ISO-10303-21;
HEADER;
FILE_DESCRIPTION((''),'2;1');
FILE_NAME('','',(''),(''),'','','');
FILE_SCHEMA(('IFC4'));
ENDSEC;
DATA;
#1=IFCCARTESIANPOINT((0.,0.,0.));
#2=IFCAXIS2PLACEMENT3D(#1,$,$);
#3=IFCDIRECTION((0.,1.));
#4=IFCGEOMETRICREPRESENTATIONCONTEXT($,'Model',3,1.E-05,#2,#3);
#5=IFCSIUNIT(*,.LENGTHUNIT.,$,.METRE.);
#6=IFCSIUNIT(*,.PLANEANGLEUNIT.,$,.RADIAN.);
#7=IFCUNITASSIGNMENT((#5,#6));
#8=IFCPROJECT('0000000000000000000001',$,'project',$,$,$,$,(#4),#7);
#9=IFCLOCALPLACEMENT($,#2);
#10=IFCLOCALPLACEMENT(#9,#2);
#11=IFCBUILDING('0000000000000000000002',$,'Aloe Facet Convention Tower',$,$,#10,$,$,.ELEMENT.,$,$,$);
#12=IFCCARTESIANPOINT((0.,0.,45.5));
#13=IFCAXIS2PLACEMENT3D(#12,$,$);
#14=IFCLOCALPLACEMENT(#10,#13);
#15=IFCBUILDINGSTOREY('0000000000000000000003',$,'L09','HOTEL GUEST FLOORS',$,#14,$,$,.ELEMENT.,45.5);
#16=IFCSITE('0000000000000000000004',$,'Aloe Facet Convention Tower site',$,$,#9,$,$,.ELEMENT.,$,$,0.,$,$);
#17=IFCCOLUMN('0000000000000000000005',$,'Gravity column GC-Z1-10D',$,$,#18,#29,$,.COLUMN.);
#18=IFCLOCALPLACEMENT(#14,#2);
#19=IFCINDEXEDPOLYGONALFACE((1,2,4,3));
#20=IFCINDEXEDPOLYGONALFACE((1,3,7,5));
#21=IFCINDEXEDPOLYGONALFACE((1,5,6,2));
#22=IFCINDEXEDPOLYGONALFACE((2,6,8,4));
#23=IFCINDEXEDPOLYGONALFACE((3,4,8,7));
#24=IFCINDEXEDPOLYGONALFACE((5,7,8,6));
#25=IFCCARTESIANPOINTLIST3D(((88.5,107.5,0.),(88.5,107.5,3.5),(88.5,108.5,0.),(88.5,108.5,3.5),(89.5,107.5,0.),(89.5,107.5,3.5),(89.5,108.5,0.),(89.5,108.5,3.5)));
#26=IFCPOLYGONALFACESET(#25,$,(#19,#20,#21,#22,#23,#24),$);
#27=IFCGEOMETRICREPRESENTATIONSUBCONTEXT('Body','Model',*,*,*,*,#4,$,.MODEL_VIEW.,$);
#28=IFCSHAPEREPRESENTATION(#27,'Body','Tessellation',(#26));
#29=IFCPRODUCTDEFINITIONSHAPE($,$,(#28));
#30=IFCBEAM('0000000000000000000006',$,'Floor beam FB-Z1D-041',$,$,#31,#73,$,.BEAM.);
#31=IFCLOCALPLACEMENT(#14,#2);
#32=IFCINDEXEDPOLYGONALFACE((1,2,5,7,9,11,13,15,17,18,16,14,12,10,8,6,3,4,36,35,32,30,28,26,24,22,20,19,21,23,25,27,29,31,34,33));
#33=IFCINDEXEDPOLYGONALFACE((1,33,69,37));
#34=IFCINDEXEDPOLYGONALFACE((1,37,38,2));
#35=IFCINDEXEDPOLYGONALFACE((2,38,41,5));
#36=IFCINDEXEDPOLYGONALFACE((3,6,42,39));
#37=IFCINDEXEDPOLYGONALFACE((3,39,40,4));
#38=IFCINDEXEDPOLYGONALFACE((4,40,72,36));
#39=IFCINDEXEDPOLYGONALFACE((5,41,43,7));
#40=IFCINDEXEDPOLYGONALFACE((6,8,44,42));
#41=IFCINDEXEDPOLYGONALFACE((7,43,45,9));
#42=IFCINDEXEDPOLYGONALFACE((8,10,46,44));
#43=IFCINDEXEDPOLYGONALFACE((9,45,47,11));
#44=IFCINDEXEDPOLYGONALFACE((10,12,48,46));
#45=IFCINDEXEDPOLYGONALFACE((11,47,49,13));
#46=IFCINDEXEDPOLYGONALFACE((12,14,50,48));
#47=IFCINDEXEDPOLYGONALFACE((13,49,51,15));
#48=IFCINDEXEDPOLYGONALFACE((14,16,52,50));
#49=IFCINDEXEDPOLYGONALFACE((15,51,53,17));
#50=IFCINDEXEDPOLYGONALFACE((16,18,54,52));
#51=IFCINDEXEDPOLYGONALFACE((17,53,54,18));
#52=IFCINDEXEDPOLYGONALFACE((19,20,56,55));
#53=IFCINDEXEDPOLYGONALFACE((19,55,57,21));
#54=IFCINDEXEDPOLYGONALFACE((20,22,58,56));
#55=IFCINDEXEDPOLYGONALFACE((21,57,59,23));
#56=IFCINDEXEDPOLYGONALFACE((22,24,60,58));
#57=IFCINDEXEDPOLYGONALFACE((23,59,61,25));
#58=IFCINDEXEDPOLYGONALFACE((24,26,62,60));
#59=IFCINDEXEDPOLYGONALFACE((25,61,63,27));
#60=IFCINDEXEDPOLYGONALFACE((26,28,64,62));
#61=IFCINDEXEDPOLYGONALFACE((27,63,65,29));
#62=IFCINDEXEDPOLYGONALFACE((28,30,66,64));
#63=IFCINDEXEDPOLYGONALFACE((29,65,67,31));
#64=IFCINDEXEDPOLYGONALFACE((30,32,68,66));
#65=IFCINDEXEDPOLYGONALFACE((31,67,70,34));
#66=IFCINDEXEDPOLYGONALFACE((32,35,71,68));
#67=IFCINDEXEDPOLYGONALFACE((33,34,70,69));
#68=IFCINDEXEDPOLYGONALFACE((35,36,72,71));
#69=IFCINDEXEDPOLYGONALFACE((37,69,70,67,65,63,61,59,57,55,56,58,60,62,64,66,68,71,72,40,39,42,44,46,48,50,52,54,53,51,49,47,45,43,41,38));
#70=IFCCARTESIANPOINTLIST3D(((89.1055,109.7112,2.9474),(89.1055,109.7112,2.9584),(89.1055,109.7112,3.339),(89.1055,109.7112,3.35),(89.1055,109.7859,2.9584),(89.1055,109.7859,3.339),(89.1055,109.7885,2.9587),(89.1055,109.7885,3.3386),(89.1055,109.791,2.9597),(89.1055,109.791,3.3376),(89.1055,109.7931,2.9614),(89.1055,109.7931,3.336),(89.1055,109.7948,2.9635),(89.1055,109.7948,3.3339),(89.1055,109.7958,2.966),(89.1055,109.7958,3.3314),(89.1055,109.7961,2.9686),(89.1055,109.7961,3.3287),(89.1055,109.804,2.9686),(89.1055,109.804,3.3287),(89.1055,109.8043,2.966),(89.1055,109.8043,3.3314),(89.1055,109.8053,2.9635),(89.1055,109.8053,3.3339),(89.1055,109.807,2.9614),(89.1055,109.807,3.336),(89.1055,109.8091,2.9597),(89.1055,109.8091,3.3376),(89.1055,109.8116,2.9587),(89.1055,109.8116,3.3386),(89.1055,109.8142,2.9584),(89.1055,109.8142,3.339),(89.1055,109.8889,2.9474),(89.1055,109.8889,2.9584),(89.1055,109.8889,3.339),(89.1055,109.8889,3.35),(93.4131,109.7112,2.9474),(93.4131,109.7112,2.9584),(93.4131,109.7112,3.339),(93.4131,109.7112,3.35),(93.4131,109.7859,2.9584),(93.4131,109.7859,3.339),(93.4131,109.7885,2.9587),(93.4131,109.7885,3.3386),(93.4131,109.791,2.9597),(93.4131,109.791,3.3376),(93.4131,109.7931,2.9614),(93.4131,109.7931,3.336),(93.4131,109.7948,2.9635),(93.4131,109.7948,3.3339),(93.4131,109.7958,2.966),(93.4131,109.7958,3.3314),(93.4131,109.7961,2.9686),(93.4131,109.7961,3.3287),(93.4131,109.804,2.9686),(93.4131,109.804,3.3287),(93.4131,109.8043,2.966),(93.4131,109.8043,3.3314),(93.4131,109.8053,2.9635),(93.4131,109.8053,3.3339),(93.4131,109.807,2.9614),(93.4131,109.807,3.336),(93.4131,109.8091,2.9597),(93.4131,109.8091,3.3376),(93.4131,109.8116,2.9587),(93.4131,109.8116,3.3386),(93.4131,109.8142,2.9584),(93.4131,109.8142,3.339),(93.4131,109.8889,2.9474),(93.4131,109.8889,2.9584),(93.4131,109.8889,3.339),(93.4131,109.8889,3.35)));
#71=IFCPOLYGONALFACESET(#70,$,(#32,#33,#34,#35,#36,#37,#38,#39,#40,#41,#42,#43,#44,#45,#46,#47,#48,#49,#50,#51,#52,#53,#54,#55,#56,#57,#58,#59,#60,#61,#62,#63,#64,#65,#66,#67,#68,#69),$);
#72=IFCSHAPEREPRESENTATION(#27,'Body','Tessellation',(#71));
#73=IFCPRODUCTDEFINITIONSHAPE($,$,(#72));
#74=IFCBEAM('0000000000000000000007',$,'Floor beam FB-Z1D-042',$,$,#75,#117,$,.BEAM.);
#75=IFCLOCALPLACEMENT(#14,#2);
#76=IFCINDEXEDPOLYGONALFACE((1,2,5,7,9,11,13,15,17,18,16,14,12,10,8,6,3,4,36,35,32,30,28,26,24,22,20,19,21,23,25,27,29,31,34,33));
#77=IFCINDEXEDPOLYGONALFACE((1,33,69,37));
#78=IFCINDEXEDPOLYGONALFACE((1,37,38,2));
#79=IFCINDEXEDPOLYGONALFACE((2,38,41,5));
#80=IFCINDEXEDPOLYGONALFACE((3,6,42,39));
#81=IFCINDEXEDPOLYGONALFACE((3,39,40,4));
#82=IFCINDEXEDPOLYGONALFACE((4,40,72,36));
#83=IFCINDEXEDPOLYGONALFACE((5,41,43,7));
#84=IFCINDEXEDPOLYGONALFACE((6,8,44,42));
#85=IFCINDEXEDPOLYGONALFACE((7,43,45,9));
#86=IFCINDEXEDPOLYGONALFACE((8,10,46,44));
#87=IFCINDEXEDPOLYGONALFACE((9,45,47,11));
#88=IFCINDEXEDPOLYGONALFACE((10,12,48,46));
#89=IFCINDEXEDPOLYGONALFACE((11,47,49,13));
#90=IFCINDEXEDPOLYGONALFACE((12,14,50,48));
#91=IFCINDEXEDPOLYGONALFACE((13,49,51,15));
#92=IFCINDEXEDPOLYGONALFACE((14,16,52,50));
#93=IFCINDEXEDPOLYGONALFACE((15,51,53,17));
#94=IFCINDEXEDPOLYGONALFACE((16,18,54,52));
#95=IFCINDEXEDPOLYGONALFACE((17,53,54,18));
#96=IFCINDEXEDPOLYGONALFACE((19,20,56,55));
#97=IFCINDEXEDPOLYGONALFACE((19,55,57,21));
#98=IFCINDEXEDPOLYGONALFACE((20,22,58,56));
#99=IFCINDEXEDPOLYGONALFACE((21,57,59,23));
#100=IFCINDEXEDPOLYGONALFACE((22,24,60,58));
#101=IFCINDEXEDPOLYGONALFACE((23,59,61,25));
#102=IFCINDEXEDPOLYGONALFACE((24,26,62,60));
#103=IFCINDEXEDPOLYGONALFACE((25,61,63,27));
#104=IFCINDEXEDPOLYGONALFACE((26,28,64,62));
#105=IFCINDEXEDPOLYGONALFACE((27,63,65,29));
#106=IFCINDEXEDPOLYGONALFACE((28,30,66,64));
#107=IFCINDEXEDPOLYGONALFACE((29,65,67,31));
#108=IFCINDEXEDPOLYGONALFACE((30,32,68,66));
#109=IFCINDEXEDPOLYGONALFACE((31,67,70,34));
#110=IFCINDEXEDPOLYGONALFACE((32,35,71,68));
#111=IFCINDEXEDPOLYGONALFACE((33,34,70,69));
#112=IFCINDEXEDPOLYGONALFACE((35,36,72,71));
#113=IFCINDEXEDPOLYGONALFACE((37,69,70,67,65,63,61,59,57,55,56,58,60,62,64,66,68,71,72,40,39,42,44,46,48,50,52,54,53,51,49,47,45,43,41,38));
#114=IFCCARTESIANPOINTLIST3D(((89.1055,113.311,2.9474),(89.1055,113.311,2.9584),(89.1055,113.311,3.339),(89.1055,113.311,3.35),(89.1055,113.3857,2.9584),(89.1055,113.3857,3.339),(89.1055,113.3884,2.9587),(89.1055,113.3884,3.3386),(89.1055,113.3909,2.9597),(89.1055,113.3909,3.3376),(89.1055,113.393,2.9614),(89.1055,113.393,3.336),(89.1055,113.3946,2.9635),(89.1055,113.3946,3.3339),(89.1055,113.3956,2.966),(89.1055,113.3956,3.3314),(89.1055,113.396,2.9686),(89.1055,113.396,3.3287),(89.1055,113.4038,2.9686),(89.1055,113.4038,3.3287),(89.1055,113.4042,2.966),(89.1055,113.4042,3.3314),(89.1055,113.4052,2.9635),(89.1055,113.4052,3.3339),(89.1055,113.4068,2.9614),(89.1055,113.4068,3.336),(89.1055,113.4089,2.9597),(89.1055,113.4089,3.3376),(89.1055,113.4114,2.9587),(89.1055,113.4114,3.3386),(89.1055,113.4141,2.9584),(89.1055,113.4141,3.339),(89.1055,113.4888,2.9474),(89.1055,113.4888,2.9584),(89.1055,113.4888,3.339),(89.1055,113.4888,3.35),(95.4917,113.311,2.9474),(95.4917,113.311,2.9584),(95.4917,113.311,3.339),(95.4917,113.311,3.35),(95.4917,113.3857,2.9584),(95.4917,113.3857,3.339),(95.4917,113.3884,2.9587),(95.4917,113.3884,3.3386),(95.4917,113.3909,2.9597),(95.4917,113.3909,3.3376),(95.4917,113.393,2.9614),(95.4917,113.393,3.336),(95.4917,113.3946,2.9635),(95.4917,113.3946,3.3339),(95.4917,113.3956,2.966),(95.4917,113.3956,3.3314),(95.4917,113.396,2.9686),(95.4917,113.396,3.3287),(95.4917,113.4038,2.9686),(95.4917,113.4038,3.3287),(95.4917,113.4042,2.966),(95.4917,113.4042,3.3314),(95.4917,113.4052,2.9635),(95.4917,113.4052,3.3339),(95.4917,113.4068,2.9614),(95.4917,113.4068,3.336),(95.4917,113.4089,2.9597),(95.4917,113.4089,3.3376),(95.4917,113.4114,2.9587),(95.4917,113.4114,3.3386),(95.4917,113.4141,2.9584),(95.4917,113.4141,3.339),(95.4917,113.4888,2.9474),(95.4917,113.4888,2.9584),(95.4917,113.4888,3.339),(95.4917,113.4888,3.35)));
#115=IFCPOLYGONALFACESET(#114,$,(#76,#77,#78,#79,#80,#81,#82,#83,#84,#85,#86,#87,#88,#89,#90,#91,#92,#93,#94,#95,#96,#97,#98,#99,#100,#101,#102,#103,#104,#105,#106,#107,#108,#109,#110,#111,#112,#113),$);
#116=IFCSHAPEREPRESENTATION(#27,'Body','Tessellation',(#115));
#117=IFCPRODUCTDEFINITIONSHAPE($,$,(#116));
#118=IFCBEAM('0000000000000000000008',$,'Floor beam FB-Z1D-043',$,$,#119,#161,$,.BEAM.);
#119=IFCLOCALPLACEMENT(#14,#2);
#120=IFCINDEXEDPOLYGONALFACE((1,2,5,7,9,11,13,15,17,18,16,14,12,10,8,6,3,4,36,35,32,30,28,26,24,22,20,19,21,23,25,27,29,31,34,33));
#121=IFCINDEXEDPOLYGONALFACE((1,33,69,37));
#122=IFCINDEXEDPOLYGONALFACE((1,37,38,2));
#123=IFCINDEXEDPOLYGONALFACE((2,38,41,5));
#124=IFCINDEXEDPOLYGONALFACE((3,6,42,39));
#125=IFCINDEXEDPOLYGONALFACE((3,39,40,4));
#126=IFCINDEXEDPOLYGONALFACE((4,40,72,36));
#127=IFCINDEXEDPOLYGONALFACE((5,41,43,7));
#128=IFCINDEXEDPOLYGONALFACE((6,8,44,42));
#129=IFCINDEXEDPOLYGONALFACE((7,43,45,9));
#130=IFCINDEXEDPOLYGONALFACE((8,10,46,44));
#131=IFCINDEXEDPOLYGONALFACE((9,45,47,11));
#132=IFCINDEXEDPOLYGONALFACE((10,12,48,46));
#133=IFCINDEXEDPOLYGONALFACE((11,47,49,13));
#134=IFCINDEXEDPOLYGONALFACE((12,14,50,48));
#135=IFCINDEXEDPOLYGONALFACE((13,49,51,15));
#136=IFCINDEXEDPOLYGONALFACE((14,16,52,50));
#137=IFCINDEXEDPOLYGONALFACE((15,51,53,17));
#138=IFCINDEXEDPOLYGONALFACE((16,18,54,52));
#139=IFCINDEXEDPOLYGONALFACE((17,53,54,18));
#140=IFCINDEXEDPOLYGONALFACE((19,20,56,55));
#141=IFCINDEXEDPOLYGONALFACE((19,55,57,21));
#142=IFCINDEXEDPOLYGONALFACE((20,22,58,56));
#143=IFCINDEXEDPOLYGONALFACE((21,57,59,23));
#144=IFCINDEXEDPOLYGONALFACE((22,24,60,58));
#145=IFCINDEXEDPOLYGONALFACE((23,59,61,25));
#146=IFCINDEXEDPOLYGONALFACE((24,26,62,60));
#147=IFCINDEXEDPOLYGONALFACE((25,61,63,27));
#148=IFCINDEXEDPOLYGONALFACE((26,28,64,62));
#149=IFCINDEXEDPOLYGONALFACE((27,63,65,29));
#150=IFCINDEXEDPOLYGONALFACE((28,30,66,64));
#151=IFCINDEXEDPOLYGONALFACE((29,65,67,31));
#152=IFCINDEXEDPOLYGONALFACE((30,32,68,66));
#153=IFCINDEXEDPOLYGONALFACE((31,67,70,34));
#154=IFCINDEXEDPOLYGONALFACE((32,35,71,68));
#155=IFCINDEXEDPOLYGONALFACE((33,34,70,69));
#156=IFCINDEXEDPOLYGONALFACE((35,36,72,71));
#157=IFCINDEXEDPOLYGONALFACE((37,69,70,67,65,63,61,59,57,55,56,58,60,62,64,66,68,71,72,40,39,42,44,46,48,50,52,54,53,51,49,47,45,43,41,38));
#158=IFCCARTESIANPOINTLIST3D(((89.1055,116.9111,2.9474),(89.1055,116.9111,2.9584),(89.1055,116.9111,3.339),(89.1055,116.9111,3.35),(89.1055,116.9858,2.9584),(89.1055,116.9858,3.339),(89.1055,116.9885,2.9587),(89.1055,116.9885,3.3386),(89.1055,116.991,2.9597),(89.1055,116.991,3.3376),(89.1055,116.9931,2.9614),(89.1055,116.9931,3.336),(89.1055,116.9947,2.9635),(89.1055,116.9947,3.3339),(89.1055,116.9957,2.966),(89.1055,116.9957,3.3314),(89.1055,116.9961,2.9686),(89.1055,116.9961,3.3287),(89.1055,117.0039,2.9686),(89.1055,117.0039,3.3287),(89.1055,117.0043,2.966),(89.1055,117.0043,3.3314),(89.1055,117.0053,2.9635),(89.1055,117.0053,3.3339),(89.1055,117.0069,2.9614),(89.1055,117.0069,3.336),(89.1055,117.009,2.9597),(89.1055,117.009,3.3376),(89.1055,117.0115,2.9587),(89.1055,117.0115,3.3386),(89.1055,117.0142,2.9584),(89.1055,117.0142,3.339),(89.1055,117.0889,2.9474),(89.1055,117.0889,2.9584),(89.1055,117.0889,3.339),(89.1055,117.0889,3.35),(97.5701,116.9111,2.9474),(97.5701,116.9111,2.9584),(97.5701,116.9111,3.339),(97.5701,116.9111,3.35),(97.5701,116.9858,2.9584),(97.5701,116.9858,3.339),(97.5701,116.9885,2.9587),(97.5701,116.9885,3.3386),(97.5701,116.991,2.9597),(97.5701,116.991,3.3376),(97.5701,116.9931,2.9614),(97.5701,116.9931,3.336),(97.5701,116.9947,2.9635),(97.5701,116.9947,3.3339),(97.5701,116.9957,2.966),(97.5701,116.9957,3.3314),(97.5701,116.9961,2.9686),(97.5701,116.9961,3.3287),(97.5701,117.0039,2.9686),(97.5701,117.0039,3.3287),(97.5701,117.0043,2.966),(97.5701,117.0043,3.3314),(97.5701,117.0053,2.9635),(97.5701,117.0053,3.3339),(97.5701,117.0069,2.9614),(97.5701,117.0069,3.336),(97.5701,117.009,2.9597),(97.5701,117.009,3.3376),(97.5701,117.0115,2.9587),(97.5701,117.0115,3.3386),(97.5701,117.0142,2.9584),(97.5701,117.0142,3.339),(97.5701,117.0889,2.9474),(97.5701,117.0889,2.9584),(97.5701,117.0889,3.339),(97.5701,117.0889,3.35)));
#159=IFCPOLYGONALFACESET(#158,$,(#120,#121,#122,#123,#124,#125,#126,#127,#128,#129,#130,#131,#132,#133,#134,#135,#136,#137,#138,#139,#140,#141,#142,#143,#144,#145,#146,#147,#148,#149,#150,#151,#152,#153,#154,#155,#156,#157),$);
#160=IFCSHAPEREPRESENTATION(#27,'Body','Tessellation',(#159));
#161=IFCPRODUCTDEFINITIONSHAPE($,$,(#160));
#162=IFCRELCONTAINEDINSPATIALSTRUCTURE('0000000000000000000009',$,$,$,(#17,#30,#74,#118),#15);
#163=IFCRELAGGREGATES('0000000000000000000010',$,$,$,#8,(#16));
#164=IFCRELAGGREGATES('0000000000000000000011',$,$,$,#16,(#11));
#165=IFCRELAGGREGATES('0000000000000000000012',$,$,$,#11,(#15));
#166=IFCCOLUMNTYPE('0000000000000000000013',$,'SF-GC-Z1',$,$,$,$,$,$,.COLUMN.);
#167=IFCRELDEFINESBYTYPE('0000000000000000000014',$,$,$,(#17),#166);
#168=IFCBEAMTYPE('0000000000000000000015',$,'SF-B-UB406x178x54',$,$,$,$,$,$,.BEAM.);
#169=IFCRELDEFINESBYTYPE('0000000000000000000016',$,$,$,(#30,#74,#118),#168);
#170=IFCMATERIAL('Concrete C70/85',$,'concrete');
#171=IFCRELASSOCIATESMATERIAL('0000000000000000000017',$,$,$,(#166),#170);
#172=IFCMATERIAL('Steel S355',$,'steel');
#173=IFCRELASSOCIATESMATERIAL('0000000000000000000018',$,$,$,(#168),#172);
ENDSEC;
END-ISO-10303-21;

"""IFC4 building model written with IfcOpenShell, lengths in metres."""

from ifc_helpers import new_model, si_unit, direction, frame, origin, origin_2d, place, context, subcontext, project, spatial, rectangle, i_section, extrude, material, material_profile, profile_set, type_object, element, save


model = new_model("IFC4")

# Units and contexts
model_context = context("Model", 3, precision=1e-05, world=origin(), true_north=direction((0.0, 1.0)))
body_context = subcontext(model_context, "Body", "Model", "MODEL_VIEW")
ifc_project = project(units=[si_unit("LENGTHUNIT", "METRE"), si_unit("PLANEANGLEUNIT", "RADIAN")], contexts=[model_context])

# Site, building, storey
site_placement = place(None, origin())
site = spatial("IfcSite", under=ifc_project, at=site_placement, Name="Aloe Facet Convention Tower site", CompositionType="ELEMENT", RefElevation=0.0)
building_placement = place(site_placement, origin())
building = spatial("IfcBuilding", under=site, at=building_placement, Name="Aloe Facet Convention Tower", CompositionType="ELEMENT")
storey_placement = place(building_placement, frame((0.0, 0.0, 45.5)))
storey = spatial("IfcBuildingStorey", under=building, at=storey_placement, Name="L09", Description="HOTEL GUEST FLOORS", CompositionType="ELEMENT", Elevation=45.5)

# Column
ifc_material_1 = material(Name="Concrete C70/85", Category="concrete")
ifc_material_profile_1 = material_profile(ifc_material_1, rectangle(XDim=1.0, YDim=1.0, at=origin_2d()), Name="SF-GC-Z1")
ifc_profile_set_1 = profile_set([ifc_material_profile_1], Name="Concrete C70/85")
column_type = type_object("IfcColumnType", Name="SF-GC-Z1", PredefinedType="COLUMN", material=ifc_profile_set_1)
column_placement = place(storey_placement, frame((89.0, 108.0, 0.0), z_axis=(0.0, 0.0, 1.0), x_axis=(1.0, 0.0, 0.0)))
element("IfcColumn", 1, at=column_placement, inside=storey, type_object=column_type, Name="Gravity column GC-Z1-10D", PredefinedType="COLUMN", context=body_context, shape_type="SweptSolid", body=[
    extrude(rectangle(XDim=1.0, YDim=1.0, at=origin_2d()), origin(), (0.0, 0.0, 1.0), 3.5),
])

# Beams
ifc_material_2 = material(Name="Steel S355", Category="steel")
ifc_material_profile_2 = material_profile(ifc_material_2, i_section(OverallWidth=0.1777, OverallDepth=0.4026, WebThickness=0.0078, FlangeThickness=0.011, FilletRadius=0.0103, at=origin_2d()), Name="UB 406x178x54")
ifc_profile_set_2 = profile_set([ifc_material_profile_2], Name="Steel S355")
beam_type_1 = type_object("IfcBeamType", Name="SF-B-UB406x178x54", PredefinedType="BEAM", material=ifc_profile_set_2)
beam_1_placement = place(storey_placement, frame((89.1055, 109.8, 3.1487), z_axis=(1.0, 0.0, 0.0), x_axis=(0.0, 1.0, 0.0)))
element("IfcBeam", 2, at=beam_1_placement, inside=storey, type_object=beam_type_1, Name="Floor beam FB-Z1D-041", PredefinedType="BEAM", context=body_context, shape_type="SweptSolid", body=[
    extrude(i_section(OverallWidth=0.1777, OverallDepth=0.4026, WebThickness=0.0078, FlangeThickness=0.011, FilletRadius=0.0103, at=origin_2d()), origin(), (0.0, 0.0, 1.0), 4.3076),
])
beam_2_placement = place(storey_placement, frame((89.1055, 113.3999, 3.1487), z_axis=(1.0, 0.0, 0.0), x_axis=(0.0, 1.0, 0.0)))
element("IfcBeam", 3, at=beam_2_placement, inside=storey, type_object=beam_type_1, Name="Floor beam FB-Z1D-042", PredefinedType="BEAM", context=body_context, shape_type="SweptSolid", body=[
    extrude(i_section(OverallWidth=0.1777, OverallDepth=0.4026, WebThickness=0.0078, FlangeThickness=0.011, FilletRadius=0.0103, at=origin_2d()), origin(), (0.0, 0.0, 1.0), 6.3862),
])
beam_3_placement = place(storey_placement, frame((89.1055, 117.0, 3.1487), z_axis=(1.0, 0.0, 0.0), x_axis=(0.0, 1.0, 0.0)))
element("IfcBeam", 4, at=beam_3_placement, inside=storey, type_object=beam_type_1, Name="Floor beam FB-Z1D-043", PredefinedType="BEAM", context=body_context, shape_type="SweptSolid", body=[
    extrude(i_section(OverallWidth=0.1777, OverallDepth=0.4026, WebThickness=0.0078, FlangeThickness=0.011, FilletRadius=0.0103, at=origin_2d()), origin(), (0.0, 0.0, 1.0), 8.4646),
])

save(model, "model.ifc")
